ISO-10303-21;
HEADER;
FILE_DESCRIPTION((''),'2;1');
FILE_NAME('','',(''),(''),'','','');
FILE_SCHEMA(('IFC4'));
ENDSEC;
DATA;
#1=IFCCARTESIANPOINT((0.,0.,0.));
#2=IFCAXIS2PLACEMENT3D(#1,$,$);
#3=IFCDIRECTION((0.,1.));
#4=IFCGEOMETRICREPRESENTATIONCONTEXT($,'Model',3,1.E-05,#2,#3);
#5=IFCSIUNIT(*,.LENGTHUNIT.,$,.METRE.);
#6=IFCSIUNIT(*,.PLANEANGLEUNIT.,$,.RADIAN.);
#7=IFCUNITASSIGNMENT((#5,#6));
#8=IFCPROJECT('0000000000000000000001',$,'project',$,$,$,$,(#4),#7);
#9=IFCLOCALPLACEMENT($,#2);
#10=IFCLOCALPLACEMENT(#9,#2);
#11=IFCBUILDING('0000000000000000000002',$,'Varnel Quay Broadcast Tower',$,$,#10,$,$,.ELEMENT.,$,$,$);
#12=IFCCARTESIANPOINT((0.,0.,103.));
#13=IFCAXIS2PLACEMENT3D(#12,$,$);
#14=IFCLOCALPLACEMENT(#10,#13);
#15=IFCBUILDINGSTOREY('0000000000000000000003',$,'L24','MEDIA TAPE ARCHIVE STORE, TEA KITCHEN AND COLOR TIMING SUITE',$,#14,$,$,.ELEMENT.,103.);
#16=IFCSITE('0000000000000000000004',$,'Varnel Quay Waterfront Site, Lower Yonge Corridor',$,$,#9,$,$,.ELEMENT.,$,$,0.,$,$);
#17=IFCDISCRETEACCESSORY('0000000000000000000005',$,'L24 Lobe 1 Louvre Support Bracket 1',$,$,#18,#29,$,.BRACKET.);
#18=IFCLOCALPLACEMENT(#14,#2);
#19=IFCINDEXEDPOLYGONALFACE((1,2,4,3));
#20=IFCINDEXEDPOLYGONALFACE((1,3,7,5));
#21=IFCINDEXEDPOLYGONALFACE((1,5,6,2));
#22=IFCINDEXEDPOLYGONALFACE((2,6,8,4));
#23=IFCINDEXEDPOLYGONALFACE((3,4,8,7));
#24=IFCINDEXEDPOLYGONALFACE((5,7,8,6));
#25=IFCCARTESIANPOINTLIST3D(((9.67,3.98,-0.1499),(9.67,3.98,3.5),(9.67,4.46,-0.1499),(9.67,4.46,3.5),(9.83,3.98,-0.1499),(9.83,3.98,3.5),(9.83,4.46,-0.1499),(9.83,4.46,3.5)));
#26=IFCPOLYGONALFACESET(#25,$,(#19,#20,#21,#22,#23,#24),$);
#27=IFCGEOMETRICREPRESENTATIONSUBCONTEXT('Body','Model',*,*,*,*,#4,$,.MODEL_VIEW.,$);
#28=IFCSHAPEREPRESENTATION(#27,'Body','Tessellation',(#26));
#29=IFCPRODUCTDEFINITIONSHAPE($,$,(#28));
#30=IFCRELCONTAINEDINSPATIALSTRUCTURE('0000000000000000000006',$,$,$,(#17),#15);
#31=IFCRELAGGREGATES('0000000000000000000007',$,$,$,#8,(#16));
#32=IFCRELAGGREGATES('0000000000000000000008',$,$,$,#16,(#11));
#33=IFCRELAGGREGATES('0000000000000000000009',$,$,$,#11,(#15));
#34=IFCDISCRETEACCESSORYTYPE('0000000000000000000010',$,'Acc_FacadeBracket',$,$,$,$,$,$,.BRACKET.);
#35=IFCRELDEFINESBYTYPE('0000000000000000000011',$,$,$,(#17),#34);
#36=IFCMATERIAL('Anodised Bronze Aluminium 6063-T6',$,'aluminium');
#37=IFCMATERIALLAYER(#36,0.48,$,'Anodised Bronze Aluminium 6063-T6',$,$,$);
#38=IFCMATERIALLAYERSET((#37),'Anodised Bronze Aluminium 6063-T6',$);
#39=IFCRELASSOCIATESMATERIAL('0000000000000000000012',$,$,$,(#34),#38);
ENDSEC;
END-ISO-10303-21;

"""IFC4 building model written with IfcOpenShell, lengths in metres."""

from ifc_helpers import new_model, si_unit, direction, frame, origin, origin_2d, place, context, subcontext, project, spatial, rectangle, extrude, source, transform, mapped, material, layer, layer_set, type_object, type_shapes, element, save


model = new_model("IFC4")

# Units and contexts
model_context = context("Model", 3, precision=1e-05, world=origin(), true_north=direction((0.0, 1.0)))
body_context = subcontext(model_context, "Body", "Model", "MODEL_VIEW")
ifc_project = project(units=[si_unit("LENGTHUNIT", "METRE"), si_unit("PLANEANGLEUNIT", "RADIAN")], contexts=[model_context])

# Site, building, storey
site_placement = place(None, origin())
site = spatial("IfcSite", under=ifc_project, at=site_placement, Name="Varnel Quay Waterfront Site, Lower Yonge Corridor", CompositionType="ELEMENT", RefElevation=0.0)
building_placement = place(site_placement, origin())
building = spatial("IfcBuilding", under=site, at=building_placement, Name="Varnel Quay Broadcast Tower", CompositionType="ELEMENT")
storey_placement = place(building_placement, frame((0.0, 0.0, 103.0)))
storey = spatial("IfcBuildingStorey", under=building, at=storey_placement, Name="L24", Description="MEDIA TAPE ARCHIVE STORE, TEA KITCHEN AND COLOR TIMING SUITE", CompositionType="ELEMENT", Elevation=103.0)

# Shared definitions
ifc_material_1 = material(Name="Anodised Bronze Aluminium 6063-T6", Category="aluminium")

# Discrete accessory
ifc_layer_1 = layer(ifc_material_1, 0.48, Name="Anodised Bronze Aluminium 6063-T6")
ifc_layer_set_1 = layer_set([ifc_layer_1], Name="Anodised Bronze Aluminium 6063-T6")
discrete_accessory_type = type_object("IfcDiscreteAccessoryType", Name="Acc_FacadeBracket", PredefinedType="BRACKET", material=ifc_layer_set_1)
shared_shape_1 = source(origin(), body_context, "Body", "SweptSolid", [
    extrude(rectangle(XDim=0.1599, YDim=0.48, at=origin_2d()), origin(), (0.0, 0.0, 1.0), 3.6499),
])
type_shapes(discrete_accessory_type, [shared_shape_1])
discrete_accessory_placement = place(storey_placement, frame((9.75, 4.22, -0.1499), z_axis=(0.0, 0.0, 1.0), x_axis=(1.0, 0.0, 0.0)))
element("IfcDiscreteAccessory", 1, at=discrete_accessory_placement, inside=storey, type_object=discrete_accessory_type, Name="L24 Lobe 1 Louvre Support Bracket 1", PredefinedType="BRACKET", context=body_context, shape_type="MappedRepresentation", body=[
    mapped(shared_shape_1, transform((0.0, 0.0, 0.0), x_axis=(1.0, 0.0, 0.0), y_axis=(0.0, 1.0, 0.0), z_axis=(0.0, 0.0, 1.0), scale=1.0)),
])

save(model, "model.ifc")
